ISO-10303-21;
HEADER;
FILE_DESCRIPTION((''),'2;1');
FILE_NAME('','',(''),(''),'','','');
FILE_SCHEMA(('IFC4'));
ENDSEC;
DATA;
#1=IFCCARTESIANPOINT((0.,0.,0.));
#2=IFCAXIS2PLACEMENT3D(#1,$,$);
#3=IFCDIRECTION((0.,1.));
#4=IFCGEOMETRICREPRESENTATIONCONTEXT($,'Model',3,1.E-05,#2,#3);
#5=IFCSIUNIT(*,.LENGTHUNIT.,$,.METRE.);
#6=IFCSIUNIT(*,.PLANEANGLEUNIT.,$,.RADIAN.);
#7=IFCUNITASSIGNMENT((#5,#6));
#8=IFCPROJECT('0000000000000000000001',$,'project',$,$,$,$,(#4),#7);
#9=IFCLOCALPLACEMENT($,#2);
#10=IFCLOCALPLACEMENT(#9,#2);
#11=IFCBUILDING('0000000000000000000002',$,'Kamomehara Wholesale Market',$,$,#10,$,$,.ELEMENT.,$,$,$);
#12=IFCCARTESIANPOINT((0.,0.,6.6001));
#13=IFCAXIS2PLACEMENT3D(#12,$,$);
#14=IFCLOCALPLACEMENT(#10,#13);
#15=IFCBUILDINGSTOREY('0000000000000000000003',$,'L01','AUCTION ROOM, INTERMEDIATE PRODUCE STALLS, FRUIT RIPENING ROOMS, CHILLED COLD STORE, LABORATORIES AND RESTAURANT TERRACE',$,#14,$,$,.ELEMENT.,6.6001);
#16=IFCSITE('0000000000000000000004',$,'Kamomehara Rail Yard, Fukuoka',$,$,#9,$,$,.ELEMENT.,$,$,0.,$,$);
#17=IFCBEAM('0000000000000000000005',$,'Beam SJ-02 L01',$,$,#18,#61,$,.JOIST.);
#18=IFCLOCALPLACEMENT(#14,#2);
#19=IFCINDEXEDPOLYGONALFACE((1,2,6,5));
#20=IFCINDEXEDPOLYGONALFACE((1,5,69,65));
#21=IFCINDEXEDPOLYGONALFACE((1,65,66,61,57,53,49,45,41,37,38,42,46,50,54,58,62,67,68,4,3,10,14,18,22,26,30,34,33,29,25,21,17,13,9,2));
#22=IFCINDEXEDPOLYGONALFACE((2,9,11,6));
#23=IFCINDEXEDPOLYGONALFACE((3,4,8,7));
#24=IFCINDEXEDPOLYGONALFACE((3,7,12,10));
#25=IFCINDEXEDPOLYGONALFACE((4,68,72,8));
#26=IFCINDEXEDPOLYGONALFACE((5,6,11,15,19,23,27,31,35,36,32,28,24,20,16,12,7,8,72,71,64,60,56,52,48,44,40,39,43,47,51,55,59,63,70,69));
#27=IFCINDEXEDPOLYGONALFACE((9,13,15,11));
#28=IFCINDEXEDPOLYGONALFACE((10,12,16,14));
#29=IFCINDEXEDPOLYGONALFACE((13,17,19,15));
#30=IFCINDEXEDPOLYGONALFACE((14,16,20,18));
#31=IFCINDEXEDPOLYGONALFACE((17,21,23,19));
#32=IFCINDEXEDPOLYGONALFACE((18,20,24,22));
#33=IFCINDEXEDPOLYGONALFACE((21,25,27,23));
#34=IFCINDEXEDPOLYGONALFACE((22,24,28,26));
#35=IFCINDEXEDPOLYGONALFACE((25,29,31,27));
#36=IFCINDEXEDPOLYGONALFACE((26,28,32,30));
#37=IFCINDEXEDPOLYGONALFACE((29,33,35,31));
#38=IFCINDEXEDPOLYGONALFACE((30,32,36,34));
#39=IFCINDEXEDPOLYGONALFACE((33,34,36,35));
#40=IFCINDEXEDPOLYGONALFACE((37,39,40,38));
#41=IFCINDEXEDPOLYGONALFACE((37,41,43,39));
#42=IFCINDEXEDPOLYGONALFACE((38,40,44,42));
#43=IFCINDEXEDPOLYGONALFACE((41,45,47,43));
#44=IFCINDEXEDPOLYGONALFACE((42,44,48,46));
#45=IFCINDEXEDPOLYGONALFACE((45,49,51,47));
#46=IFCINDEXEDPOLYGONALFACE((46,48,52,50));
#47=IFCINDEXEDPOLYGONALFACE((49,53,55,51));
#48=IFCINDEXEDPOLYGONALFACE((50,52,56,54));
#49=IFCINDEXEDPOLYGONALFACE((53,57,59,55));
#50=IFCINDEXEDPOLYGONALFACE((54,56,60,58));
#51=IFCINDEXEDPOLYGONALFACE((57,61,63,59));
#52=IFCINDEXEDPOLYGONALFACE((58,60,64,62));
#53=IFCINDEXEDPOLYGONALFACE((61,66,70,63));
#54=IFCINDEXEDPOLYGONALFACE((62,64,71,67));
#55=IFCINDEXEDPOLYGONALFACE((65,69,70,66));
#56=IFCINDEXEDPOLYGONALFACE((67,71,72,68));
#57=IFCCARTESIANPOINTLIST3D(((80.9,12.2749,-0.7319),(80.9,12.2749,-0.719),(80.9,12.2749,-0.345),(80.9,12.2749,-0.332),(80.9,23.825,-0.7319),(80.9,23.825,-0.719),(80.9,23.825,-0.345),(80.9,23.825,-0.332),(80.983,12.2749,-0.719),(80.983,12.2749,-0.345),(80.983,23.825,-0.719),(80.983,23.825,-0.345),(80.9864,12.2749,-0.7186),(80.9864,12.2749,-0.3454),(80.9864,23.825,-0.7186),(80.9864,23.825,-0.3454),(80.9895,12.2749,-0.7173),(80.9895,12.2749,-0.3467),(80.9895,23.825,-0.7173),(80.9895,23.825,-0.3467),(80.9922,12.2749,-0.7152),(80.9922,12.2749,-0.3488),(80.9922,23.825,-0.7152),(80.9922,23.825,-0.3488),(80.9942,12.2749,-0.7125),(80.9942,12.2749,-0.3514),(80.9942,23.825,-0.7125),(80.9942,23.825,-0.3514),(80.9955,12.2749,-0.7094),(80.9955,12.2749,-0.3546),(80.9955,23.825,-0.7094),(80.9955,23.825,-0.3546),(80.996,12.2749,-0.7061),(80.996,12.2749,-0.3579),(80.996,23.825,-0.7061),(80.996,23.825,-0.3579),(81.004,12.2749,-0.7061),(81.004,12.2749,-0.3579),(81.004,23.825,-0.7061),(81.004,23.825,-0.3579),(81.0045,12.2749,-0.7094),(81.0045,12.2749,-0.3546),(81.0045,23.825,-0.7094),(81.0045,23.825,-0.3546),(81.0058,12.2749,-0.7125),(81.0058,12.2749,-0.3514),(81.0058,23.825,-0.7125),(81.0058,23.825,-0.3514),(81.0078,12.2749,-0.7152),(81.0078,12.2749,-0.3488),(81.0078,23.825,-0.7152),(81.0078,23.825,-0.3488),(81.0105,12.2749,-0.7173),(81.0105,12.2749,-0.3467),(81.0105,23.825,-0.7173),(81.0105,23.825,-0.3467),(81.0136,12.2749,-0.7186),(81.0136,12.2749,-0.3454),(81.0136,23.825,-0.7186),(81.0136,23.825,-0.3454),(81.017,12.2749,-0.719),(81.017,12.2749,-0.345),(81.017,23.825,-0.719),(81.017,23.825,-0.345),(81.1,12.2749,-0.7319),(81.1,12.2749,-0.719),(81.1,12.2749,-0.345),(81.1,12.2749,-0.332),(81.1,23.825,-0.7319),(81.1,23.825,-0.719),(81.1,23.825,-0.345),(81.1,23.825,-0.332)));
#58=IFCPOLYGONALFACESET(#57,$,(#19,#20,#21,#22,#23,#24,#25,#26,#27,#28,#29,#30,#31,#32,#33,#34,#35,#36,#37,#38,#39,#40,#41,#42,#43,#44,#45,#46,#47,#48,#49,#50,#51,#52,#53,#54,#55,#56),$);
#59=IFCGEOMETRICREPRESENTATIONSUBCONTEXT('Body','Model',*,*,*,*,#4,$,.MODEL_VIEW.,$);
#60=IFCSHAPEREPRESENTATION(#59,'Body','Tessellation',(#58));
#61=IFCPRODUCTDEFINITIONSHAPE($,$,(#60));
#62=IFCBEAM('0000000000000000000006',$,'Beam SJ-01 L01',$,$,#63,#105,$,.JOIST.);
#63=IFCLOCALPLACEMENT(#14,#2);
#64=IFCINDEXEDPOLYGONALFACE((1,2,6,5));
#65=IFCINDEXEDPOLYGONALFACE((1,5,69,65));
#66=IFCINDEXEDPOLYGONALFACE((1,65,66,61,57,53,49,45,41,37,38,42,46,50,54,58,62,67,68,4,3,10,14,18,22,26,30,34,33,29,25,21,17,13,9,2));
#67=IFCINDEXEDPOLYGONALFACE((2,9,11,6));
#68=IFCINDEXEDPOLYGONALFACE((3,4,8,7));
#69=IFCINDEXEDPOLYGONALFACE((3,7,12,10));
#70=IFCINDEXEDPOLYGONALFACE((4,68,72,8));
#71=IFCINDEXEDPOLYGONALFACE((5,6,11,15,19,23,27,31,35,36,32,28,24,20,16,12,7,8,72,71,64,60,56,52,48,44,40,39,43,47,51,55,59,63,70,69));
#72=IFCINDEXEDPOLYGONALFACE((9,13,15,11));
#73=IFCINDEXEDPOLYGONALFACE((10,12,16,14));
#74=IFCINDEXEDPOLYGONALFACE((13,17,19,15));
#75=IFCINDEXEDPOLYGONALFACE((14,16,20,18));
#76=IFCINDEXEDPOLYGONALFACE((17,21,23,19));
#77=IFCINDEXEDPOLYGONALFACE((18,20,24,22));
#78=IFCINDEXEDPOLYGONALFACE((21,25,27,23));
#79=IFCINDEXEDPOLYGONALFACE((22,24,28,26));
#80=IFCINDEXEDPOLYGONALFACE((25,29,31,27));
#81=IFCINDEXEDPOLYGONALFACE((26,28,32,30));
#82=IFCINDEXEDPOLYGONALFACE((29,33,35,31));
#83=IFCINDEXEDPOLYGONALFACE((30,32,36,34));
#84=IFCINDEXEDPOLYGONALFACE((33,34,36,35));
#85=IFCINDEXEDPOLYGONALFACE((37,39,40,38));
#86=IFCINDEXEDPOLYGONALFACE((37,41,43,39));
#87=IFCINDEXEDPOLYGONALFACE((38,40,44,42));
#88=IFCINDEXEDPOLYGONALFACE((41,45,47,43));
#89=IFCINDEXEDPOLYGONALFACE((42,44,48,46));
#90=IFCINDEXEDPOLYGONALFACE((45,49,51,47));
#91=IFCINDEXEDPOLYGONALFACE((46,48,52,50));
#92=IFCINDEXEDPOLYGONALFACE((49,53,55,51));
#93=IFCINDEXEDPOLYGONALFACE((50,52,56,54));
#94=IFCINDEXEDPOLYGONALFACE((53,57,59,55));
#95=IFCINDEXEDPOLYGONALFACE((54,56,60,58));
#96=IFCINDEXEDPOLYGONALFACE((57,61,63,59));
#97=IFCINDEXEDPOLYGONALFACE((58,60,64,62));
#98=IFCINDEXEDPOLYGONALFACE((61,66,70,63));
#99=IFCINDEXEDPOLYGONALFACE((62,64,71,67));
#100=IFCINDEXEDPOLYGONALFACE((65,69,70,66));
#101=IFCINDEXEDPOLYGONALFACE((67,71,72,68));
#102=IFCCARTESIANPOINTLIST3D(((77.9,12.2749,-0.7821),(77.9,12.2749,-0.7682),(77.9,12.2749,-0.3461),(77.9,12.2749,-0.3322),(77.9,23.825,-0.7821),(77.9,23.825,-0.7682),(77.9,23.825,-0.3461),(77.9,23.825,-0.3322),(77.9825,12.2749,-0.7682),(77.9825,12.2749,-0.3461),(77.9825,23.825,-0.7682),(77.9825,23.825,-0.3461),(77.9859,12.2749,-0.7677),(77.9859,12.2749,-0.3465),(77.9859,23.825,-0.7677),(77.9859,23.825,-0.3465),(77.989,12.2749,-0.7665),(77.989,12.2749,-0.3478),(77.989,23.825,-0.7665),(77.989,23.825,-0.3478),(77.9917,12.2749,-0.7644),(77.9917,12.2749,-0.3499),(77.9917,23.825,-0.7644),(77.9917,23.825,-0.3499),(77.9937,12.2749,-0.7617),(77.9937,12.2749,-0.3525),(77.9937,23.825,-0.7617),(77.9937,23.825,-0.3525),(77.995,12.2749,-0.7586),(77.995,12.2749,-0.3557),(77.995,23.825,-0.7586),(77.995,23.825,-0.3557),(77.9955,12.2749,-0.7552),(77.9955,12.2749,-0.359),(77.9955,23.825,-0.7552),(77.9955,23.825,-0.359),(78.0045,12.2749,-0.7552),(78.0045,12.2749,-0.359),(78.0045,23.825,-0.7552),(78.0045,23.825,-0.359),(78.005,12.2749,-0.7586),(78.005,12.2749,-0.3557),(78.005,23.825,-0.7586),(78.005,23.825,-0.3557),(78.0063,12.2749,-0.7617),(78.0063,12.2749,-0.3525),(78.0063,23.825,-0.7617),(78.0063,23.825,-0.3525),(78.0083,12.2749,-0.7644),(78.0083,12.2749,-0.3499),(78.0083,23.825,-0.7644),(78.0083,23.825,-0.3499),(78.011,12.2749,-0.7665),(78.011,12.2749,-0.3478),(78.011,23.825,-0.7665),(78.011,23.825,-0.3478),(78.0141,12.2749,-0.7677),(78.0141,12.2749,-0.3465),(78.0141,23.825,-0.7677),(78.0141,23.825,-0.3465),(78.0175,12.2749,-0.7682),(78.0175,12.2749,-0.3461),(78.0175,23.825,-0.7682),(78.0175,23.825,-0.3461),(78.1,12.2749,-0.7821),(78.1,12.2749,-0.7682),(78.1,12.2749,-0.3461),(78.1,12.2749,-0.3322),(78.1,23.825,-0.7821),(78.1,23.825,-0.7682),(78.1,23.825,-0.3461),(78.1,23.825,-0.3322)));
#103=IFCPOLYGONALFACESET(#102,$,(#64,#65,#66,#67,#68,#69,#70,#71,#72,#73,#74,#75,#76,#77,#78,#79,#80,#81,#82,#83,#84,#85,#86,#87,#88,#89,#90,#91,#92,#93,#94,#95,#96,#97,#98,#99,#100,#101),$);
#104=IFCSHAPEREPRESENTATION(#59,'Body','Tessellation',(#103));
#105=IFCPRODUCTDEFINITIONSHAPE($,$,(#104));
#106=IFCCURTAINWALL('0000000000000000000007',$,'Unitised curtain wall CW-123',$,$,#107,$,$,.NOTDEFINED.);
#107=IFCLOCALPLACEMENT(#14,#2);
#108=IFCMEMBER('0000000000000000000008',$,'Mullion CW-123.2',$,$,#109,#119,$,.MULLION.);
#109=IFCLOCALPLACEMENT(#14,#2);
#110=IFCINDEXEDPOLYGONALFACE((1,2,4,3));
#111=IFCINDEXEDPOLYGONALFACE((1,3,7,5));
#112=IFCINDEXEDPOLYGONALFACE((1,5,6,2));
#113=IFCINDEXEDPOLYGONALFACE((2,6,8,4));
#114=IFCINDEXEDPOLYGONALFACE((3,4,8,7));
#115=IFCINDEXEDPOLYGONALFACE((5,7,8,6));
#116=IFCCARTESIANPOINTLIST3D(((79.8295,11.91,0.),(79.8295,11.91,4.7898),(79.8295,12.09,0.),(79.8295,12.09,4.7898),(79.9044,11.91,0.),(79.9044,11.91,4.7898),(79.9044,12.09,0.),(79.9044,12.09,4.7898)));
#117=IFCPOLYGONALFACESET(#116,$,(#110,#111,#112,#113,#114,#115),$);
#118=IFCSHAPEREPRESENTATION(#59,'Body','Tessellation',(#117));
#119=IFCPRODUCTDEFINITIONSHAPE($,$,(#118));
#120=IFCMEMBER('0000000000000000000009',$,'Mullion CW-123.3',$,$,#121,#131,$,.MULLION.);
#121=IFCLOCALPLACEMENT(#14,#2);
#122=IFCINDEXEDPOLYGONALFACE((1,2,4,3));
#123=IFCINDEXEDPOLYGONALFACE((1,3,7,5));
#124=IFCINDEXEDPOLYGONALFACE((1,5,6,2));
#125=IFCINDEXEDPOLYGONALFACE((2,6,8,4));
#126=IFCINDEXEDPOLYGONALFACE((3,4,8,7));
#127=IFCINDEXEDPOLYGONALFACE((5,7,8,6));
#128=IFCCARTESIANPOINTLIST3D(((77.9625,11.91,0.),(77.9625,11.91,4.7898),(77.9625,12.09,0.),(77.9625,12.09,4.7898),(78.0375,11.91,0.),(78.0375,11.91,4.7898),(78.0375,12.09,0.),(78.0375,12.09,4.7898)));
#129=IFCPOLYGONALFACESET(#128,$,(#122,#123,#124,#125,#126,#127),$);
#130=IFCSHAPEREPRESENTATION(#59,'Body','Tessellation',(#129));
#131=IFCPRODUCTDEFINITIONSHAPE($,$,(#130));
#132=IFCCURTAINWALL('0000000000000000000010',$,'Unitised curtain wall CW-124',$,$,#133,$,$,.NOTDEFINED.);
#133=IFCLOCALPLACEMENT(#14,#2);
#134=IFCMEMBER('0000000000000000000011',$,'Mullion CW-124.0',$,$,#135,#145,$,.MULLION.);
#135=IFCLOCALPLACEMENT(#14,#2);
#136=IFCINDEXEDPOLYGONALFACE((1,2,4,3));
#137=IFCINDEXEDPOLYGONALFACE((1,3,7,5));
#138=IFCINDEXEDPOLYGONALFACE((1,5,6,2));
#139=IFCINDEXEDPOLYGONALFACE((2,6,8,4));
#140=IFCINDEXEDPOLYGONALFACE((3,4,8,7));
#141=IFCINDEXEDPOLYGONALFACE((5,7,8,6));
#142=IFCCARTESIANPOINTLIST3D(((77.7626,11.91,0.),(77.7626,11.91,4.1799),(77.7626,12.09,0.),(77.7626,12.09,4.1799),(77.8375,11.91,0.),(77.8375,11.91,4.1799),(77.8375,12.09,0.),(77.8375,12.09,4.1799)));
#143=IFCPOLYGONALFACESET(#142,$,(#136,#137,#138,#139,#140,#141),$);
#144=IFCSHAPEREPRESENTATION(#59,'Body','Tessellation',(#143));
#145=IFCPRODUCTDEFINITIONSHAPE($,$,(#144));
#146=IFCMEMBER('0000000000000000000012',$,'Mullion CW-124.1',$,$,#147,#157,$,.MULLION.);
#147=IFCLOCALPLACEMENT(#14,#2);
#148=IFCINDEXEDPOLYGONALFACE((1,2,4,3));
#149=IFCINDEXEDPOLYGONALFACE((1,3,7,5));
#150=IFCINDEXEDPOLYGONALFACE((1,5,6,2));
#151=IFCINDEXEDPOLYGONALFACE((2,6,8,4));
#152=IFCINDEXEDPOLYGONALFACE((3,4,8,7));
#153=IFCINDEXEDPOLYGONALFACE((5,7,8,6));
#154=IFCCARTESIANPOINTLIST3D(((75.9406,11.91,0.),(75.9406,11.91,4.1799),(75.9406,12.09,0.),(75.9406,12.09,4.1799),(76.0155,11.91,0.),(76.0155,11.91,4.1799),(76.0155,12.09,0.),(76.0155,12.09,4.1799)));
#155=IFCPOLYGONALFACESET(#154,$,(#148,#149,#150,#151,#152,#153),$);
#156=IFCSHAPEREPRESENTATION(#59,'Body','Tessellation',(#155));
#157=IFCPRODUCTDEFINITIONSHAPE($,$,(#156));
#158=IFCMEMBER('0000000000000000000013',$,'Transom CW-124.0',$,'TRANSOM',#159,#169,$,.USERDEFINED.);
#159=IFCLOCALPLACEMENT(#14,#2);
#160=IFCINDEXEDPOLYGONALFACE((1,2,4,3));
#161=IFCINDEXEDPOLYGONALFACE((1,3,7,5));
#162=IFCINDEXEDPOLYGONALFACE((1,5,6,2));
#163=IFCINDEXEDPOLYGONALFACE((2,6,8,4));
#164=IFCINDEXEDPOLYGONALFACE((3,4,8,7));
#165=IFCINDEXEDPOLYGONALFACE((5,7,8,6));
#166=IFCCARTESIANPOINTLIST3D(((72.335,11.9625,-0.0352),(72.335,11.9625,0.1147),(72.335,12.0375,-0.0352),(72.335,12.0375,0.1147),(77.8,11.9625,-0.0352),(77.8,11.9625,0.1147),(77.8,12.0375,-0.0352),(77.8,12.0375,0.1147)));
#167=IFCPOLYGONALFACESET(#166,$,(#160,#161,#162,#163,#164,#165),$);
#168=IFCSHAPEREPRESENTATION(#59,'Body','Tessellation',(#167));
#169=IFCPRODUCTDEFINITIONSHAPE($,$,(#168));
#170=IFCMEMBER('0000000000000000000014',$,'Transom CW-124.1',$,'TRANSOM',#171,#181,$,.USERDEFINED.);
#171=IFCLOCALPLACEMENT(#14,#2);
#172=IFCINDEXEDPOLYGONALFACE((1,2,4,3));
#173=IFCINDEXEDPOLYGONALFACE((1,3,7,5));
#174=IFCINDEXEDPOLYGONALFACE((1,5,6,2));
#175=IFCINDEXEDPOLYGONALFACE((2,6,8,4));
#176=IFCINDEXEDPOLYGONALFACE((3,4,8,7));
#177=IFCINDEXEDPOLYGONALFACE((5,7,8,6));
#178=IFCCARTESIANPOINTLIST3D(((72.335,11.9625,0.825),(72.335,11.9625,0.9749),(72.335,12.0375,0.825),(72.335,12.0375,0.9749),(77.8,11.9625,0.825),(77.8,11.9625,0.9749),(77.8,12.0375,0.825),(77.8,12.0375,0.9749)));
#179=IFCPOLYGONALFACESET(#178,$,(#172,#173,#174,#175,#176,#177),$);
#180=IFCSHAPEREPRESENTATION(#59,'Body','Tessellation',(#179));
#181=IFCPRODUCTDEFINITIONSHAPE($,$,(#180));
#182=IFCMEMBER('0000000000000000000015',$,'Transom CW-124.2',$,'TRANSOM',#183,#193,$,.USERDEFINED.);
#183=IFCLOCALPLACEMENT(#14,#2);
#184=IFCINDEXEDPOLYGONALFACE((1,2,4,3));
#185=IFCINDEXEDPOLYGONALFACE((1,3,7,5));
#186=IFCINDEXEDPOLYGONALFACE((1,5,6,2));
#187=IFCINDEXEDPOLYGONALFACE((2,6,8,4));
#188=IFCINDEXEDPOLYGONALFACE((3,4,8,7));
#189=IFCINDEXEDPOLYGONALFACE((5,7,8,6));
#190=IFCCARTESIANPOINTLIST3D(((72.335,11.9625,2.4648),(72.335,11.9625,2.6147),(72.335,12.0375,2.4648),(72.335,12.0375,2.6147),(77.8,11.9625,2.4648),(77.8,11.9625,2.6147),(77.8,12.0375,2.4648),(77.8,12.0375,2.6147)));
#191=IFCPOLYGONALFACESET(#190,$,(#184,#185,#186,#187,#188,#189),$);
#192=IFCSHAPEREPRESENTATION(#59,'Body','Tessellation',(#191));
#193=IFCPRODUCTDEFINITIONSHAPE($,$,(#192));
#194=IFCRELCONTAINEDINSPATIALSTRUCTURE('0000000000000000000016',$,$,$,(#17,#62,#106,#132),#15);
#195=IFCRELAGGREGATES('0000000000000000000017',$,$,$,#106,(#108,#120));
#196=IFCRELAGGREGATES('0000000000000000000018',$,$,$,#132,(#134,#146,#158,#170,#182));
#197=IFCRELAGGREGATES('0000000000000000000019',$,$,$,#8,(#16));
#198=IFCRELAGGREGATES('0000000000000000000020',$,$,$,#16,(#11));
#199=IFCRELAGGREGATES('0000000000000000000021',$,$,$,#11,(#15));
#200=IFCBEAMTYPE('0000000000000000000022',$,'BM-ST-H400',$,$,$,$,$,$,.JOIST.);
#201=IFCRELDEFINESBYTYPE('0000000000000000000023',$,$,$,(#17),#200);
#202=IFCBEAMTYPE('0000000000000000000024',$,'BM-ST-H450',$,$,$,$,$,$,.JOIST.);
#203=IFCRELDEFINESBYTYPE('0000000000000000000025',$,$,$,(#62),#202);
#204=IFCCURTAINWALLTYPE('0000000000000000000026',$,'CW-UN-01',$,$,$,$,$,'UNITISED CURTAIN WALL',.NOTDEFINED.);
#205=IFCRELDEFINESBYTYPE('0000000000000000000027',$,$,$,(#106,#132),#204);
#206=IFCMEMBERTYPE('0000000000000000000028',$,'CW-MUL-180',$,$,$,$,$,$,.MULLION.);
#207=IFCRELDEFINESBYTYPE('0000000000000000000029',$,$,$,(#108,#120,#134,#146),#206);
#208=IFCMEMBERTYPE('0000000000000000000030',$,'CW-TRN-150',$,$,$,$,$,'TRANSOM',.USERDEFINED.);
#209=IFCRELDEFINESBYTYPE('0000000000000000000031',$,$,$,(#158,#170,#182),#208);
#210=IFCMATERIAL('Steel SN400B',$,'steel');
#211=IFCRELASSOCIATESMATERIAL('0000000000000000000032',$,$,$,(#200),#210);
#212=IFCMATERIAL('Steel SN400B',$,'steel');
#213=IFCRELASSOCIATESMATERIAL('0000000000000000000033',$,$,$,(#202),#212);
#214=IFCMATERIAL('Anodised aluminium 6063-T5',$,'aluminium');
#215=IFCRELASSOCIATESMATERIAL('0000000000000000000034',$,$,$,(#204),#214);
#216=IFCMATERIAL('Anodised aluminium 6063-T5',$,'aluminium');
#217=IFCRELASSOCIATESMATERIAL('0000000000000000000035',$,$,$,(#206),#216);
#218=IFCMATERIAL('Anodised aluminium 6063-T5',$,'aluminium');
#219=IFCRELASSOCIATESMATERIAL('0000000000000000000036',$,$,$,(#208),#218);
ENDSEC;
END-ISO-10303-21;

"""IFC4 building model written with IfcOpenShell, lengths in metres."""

from ifc_helpers import new_model, si_unit, direction, frame, origin, origin_2d, place, context, subcontext, project, spatial, rectangle, i_section, extrude, material, material_profile, profile_set, type_object, element, aggregate, save


model = new_model("IFC4")

# Units and contexts
model_context = context("Model", 3, precision=1e-05, world=origin(), true_north=direction((0.0, 1.0)))
body_context = subcontext(model_context, "Body", "Model", "MODEL_VIEW")
ifc_project = project(units=[si_unit("LENGTHUNIT", "METRE"), si_unit("PLANEANGLEUNIT", "RADIAN")], contexts=[model_context])

# Site, building, storey
site_placement = place(None, origin())
site = spatial("IfcSite", under=ifc_project, at=site_placement, Name="Kamomehara Rail Yard, Fukuoka", CompositionType="ELEMENT", RefElevation=0.0)
building_placement = place(site_placement, origin())
building = spatial("IfcBuilding", under=site, at=building_placement, Name="Kamomehara Wholesale Market", CompositionType="ELEMENT")
storey_placement = place(building_placement, frame((0.0, 0.0, 6.6001)))
storey = spatial("IfcBuildingStorey", under=building, at=storey_placement, Name="L01", Description="AUCTION ROOM, INTERMEDIATE PRODUCE STALLS, FRUIT RIPENING ROOMS, CHILLED COLD STORE, LABORATORIES AND RESTAURANT TERRACE", CompositionType="ELEMENT", Elevation=6.6001)

# Beams
ifc_material_1 = material(Name="Steel SN400B", Category="steel")
ifc_material_profile_1 = material_profile(ifc_material_1, i_section(OverallWidth=0.2, OverallDepth=0.3999, WebThickness=0.0081, FlangeThickness=0.0129, FilletRadius=0.0129, at=origin_2d()), Name="H-400x200x8x13")
ifc_profile_set_1 = profile_set([ifc_material_profile_1], Name="Steel SN400B")
beam_type_1 = type_object("IfcBeamType", Name="BM-ST-H400", PredefinedType="JOIST", material=ifc_profile_set_1)
beam_1_placement = place(storey_placement, frame((81.0, 12.2749, -0.532), z_axis=(0.0, 1.0, 0.0), x_axis=(-1.0, 0.0, 0.0)))
element("IfcBeam", 1, at=beam_1_placement, inside=storey, type_object=beam_type_1, Name="Beam SJ-02 L01", PredefinedType="JOIST", context=body_context, shape_type="SweptSolid", body=[
    extrude(i_section(OverallWidth=0.2, OverallDepth=0.3999, WebThickness=0.0081, FlangeThickness=0.0129, FilletRadius=0.0129, at=origin_2d()), origin(), (0.0, 0.0, 1.0), 11.55),
])
ifc_material_2 = material(Name="Steel SN400B", Category="steel")
ifc_material_profile_2 = material_profile(ifc_material_2, i_section(OverallWidth=0.2, OverallDepth=0.45, WebThickness=0.009, FlangeThickness=0.0139, FilletRadius=0.0129, at=origin_2d()), Name="H-450x200x9x14")
ifc_profile_set_2 = profile_set([ifc_material_profile_2], Name="Steel SN400B")
beam_type_2 = type_object("IfcBeamType", Name="BM-ST-H450", PredefinedType="JOIST", material=ifc_profile_set_2)
beam_2_placement = place(storey_placement, frame((78.0, 12.2749, -0.5571), z_axis=(0.0, 1.0, 0.0), x_axis=(-1.0, 0.0, 0.0)))
element("IfcBeam", 2, at=beam_2_placement, inside=storey, type_object=beam_type_2, Name="Beam SJ-01 L01", PredefinedType="JOIST", context=body_context, shape_type="SweptSolid", body=[
    extrude(i_section(OverallWidth=0.2, OverallDepth=0.45, WebThickness=0.009, FlangeThickness=0.0139, FilletRadius=0.0129, at=origin_2d()), origin(), (0.0, 0.0, 1.0), 11.55),
])

# Curtain walls, members
ifc_material_3 = material(Name="Anodised aluminium 6063-T5", Category="aluminium")
curtain_wall_type = type_object("IfcCurtainWallType", Name="CW-UN-01", ElementType="UNITISED CURTAIN WALL", PredefinedType="NOTDEFINED", material=ifc_material_3)
curtain_wall_1_placement = place(storey_placement, origin())
curtain_wall_1 = element("IfcCurtainWall", 3, at=curtain_wall_1_placement, inside=storey, type_object=curtain_wall_type, Name="Unitised curtain wall CW-123", PredefinedType="NOTDEFINED")
ifc_material_4 = material(Name="Anodised aluminium 6063-T5", Category="aluminium")
ifc_material_profile_3 = material_profile(ifc_material_4, rectangle(XDim=0.075, YDim=0.1799, at=origin_2d()), Name="ALU-MUL-75x180")
ifc_profile_set_3 = profile_set([ifc_material_profile_3], Name="Anodised aluminium 6063-T5")
member_type_1 = type_object("IfcMemberType", Name="CW-MUL-180", PredefinedType="MULLION", material=ifc_profile_set_3)
member_1_placement = place(storey_placement, frame((79.8669, 12.0, 0.0), z_axis=(0.0, 0.0, 1.0), x_axis=(-1.0, 0.0, 0.0)))
member_1 = element("IfcMember", 4, at=member_1_placement, type_object=member_type_1, Name="Mullion CW-123.2", PredefinedType="MULLION", context=body_context, shape_type="SweptSolid", body=[
    extrude(rectangle(XDim=0.075, YDim=0.1799, at=origin_2d()), origin(), (0.0, 0.0, 1.0), 4.7898),
])
member_2_placement = place(storey_placement, frame((78.0, 12.0, 0.0), z_axis=(0.0, 0.0, 1.0), x_axis=(-1.0, 0.0, 0.0)))
member_2 = element("IfcMember", 5, at=member_2_placement, type_object=member_type_1, Name="Mullion CW-123.3", PredefinedType="MULLION", context=body_context, shape_type="SweptSolid", body=[
    extrude(rectangle(XDim=0.075, YDim=0.1799, at=origin_2d()), origin(), (0.0, 0.0, 1.0), 4.7898),
])
curtain_wall_2_placement = place(storey_placement, origin())
curtain_wall_2 = element("IfcCurtainWall", 6, at=curtain_wall_2_placement, inside=storey, type_object=curtain_wall_type, Name="Unitised curtain wall CW-124", PredefinedType="NOTDEFINED")
member_3_placement = place(storey_placement, frame((77.8, 12.0, 0.0), z_axis=(0.0, 0.0, 1.0), x_axis=(-1.0, 0.0, 0.0)))
member_3 = element("IfcMember", 7, at=member_3_placement, type_object=member_type_1, Name="Mullion CW-124.0", PredefinedType="MULLION", context=body_context, shape_type="SweptSolid", body=[
    extrude(rectangle(XDim=0.075, YDim=0.1799, at=origin_2d()), origin(), (0.0, 0.0, 1.0), 4.1799),
])
member_4_placement = place(storey_placement, frame((75.978, 12.0, 0.0), z_axis=(0.0, 0.0, 1.0), x_axis=(-1.0, 0.0, 0.0)))
member_4 = element("IfcMember", 8, at=member_4_placement, type_object=member_type_1, Name="Mullion CW-124.1", PredefinedType="MULLION", context=body_context, shape_type="SweptSolid", body=[
    extrude(rectangle(XDim=0.075, YDim=0.1799, at=origin_2d()), origin(), (0.0, 0.0, 1.0), 4.1799),
])
ifc_material_5 = material(Name="Anodised aluminium 6063-T5", Category="aluminium")
ifc_material_profile_4 = material_profile(ifc_material_5, rectangle(XDim=0.075, YDim=0.1499, at=origin_2d()), Name="ALU-TRN-75x150")
ifc_profile_set_4 = profile_set([ifc_material_profile_4], Name="Anodised aluminium 6063-T5")
member_type_2 = type_object("IfcMemberType", Name="CW-TRN-150", ElementType="TRANSOM", PredefinedType="USERDEFINED", material=ifc_profile_set_4)
member_5_placement = place(storey_placement, frame((77.8, 12.0, 0.0398), z_axis=(-1.0, 0.0, 0.0), x_axis=(0.0, -1.0, 0.0)))
member_5 = element("IfcMember", 9, at=member_5_placement, type_object=member_type_2, Name="Transom CW-124.0", ObjectType="TRANSOM", PredefinedType="USERDEFINED", context=body_context, shape_type="SweptSolid", body=[
    extrude(rectangle(XDim=0.075, YDim=0.1499, at=origin_2d()), origin(), (0.0, 0.0, 1.0), 5.4651),
])
member_6_placement = place(storey_placement, frame((77.8, 12.0, 0.8999), z_axis=(-1.0, 0.0, 0.0), x_axis=(0.0, -1.0, 0.0)))
member_6 = element("IfcMember", 10, at=member_6_placement, type_object=member_type_2, Name="Transom CW-124.1", ObjectType="TRANSOM", PredefinedType="USERDEFINED", context=body_context, shape_type="SweptSolid", body=[
    extrude(rectangle(XDim=0.075, YDim=0.1499, at=origin_2d()), origin(), (0.0, 0.0, 1.0), 5.4651),
])
member_7_placement = place(storey_placement, frame((77.8, 12.0, 2.5398), z_axis=(-1.0, 0.0, 0.0), x_axis=(0.0, -1.0, 0.0)))
member_7 = element("IfcMember", 11, at=member_7_placement, type_object=member_type_2, Name="Transom CW-124.2", ObjectType="TRANSOM", PredefinedType="USERDEFINED", context=body_context, shape_type="SweptSolid", body=[
    extrude(rectangle(XDim=0.075, YDim=0.1499, at=origin_2d()), origin(), (0.0, 0.0, 1.0), 5.4651),
])

aggregate(curtain_wall_1, [member_1, member_2])
aggregate(curtain_wall_2, [member_3, member_4, member_5, member_6, member_7])

save(model, "model.ifc")
